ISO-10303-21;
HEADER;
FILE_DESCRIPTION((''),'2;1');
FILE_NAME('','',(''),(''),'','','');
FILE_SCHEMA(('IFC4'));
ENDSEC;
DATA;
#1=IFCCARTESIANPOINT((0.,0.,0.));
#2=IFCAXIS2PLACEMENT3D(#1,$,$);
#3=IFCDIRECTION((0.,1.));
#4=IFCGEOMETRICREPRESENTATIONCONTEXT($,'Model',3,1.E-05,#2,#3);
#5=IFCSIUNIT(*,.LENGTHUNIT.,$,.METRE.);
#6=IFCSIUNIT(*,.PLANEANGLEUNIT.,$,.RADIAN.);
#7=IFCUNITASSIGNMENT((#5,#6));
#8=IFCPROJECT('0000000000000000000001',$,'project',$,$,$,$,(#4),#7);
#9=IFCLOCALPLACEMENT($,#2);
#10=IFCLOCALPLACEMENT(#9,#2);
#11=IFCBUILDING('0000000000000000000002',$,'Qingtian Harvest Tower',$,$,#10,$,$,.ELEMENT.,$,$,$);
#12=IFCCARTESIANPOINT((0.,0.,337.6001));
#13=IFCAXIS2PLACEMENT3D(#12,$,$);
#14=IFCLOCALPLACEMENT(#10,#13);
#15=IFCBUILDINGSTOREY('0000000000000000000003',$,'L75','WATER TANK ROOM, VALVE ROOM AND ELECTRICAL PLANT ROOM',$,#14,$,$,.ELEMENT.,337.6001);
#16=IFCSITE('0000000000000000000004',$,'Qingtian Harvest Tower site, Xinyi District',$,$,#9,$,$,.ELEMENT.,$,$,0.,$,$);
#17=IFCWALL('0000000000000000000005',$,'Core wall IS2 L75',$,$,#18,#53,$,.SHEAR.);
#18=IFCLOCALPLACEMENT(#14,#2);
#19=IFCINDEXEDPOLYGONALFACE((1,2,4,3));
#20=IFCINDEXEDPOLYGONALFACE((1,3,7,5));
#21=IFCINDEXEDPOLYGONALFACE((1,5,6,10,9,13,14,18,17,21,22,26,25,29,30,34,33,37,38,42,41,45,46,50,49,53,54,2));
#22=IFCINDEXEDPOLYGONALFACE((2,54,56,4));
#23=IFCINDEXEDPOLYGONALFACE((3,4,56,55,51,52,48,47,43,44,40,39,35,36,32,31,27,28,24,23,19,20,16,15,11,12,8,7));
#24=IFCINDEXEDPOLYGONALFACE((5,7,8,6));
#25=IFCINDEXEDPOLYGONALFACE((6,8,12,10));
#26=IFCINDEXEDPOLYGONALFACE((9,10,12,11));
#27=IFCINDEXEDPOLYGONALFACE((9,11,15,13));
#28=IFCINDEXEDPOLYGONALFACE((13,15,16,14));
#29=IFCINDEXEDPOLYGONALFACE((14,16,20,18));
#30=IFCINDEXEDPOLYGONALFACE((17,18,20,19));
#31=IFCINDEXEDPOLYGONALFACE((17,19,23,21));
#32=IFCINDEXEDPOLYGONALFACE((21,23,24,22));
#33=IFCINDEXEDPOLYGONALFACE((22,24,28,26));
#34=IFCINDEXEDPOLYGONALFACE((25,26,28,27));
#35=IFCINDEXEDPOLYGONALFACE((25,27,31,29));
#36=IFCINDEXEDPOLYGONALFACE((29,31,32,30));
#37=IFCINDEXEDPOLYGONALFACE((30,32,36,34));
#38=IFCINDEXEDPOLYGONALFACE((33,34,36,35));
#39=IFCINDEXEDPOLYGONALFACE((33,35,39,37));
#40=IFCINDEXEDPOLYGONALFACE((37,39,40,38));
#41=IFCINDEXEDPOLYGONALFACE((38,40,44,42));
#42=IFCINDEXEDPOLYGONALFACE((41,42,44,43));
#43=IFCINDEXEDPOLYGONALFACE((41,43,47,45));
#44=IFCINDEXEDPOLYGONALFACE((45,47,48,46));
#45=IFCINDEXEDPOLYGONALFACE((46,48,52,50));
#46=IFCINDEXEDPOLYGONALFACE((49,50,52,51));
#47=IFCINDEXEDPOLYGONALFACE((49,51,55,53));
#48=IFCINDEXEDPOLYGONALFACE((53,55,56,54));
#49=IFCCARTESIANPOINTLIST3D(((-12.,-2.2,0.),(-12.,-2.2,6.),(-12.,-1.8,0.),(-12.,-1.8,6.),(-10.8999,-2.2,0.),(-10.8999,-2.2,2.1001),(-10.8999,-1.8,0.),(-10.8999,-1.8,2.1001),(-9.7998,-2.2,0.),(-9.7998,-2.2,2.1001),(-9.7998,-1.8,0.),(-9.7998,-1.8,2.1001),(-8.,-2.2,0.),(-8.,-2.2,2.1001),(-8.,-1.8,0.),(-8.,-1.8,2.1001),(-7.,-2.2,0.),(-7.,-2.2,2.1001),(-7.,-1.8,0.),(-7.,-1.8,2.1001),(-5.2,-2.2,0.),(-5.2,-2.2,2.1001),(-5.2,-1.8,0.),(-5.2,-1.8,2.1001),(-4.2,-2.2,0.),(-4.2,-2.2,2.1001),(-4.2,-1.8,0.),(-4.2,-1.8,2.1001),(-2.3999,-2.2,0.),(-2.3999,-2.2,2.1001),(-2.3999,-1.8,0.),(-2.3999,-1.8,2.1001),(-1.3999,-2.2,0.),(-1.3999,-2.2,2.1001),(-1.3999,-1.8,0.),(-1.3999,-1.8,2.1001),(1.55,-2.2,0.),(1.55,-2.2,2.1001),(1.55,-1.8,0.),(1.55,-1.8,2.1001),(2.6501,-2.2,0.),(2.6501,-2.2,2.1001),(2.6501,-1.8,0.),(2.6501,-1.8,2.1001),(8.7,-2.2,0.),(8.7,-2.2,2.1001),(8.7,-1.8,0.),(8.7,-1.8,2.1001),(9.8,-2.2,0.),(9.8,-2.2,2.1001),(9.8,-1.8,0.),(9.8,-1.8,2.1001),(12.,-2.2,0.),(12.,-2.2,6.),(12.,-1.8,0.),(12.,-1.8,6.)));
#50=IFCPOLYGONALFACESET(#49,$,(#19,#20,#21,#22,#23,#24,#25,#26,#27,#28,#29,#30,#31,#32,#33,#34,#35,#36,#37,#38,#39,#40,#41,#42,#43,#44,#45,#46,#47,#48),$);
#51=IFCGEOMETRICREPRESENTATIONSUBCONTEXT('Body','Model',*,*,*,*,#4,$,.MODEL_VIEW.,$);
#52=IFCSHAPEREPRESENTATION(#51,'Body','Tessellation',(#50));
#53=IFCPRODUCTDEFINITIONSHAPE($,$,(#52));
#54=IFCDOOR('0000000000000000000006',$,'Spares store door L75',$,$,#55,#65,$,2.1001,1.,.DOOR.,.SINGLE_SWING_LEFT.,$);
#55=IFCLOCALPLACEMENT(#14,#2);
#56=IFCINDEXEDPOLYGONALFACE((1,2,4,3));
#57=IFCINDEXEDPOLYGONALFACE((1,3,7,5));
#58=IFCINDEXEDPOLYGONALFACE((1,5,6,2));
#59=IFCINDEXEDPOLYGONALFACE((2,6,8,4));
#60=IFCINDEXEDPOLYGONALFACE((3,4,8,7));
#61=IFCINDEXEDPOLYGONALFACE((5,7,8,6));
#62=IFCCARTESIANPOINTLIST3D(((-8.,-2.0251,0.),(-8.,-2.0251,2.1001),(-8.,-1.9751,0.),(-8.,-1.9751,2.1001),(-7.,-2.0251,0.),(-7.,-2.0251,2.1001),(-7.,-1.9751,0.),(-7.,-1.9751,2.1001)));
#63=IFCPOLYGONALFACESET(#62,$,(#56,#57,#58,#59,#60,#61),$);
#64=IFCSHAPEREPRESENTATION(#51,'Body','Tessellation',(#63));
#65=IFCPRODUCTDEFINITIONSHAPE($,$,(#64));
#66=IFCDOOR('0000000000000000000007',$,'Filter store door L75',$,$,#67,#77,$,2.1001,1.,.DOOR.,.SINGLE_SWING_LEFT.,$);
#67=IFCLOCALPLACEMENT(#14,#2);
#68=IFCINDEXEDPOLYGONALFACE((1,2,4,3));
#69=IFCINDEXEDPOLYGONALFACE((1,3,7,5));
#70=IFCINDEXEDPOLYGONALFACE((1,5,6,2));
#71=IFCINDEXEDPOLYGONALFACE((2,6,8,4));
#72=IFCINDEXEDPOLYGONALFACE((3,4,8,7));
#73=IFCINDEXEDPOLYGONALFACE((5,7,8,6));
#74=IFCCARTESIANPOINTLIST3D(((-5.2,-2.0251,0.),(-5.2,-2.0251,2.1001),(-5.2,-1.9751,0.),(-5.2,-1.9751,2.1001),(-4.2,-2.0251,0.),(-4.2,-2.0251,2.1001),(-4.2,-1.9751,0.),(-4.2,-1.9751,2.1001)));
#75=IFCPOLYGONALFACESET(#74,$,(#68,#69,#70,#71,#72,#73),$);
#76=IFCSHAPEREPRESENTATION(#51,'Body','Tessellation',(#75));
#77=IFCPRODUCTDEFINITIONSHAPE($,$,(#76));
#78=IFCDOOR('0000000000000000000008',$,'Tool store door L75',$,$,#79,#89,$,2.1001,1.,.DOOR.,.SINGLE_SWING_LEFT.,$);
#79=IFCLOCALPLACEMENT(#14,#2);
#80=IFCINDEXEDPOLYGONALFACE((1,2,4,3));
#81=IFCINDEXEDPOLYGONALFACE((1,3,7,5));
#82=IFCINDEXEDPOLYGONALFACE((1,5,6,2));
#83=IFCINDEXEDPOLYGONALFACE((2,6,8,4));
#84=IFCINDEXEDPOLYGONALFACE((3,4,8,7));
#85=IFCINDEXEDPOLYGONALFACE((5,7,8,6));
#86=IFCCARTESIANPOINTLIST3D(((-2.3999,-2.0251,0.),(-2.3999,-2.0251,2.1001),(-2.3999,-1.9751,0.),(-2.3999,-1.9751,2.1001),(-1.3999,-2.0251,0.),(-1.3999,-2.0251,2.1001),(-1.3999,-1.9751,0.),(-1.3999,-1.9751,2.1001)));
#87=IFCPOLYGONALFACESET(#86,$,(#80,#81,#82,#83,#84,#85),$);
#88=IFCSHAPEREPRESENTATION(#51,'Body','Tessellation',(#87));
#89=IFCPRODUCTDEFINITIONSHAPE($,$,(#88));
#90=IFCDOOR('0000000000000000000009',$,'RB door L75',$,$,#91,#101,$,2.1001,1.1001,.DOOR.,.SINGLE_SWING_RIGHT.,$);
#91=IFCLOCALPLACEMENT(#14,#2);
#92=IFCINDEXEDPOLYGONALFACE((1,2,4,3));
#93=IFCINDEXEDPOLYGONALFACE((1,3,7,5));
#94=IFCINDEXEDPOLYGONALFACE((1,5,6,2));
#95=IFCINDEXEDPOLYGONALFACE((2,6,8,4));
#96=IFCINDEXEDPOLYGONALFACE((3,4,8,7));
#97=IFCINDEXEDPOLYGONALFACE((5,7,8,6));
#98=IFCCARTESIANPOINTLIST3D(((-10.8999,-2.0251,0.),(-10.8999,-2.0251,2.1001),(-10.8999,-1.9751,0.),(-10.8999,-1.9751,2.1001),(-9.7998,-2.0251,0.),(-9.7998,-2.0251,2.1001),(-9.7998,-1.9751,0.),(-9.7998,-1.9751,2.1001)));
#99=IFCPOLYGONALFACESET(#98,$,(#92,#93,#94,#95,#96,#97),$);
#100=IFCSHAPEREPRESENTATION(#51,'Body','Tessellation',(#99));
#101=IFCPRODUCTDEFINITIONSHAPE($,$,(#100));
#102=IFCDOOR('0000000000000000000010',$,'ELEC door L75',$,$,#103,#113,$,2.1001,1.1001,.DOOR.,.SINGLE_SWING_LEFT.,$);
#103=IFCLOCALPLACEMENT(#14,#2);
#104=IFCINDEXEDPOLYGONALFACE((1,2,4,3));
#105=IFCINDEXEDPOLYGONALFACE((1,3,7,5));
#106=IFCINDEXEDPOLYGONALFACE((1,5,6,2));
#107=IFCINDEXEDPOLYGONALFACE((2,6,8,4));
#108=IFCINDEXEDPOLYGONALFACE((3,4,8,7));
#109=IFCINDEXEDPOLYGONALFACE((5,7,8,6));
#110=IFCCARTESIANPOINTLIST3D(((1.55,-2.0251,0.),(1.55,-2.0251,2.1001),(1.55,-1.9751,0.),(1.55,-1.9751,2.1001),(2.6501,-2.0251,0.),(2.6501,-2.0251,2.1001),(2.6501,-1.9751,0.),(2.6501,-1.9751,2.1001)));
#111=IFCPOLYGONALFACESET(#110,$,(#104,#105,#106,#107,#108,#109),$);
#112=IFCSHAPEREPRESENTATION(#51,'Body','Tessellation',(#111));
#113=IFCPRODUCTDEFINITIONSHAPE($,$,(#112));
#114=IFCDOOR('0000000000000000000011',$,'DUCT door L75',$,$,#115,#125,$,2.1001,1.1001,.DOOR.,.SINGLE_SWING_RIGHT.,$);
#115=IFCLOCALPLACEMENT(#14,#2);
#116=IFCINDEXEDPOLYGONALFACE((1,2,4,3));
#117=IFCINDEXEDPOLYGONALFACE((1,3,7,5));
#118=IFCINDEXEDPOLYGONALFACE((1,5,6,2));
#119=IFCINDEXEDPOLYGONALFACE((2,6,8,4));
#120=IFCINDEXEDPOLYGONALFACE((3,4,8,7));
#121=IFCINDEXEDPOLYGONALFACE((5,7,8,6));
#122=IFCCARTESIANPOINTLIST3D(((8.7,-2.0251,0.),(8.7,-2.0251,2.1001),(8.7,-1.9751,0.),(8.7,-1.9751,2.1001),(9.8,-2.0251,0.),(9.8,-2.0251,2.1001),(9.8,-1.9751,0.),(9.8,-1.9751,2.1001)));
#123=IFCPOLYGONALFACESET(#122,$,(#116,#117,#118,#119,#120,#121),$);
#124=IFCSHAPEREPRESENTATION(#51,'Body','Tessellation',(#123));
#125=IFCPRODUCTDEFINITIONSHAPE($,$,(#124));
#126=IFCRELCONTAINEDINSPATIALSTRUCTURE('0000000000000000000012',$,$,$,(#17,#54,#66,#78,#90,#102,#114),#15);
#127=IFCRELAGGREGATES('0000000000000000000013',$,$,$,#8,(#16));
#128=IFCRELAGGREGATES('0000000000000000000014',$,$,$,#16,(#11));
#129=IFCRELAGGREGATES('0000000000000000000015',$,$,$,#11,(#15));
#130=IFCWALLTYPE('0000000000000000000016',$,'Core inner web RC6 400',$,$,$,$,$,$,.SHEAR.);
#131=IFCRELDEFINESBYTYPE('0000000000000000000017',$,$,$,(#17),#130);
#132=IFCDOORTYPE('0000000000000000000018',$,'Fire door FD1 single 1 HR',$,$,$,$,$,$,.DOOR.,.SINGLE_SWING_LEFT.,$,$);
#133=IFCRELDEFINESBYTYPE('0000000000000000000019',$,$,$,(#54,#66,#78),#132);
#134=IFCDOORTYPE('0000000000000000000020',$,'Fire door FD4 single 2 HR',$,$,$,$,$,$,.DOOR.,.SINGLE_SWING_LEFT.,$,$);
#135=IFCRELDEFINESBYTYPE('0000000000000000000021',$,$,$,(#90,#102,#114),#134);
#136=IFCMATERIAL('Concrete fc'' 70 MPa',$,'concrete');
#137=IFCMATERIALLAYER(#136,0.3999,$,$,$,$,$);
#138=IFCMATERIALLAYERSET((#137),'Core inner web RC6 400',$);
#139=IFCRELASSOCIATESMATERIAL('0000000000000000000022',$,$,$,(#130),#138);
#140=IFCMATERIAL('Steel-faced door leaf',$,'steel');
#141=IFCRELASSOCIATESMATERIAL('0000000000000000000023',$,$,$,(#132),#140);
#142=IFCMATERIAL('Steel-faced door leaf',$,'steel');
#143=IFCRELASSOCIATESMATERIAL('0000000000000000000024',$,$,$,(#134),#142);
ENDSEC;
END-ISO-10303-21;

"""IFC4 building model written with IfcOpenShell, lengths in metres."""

from ifc_helpers import new_model, si_unit, direction, frame, frame_2d, origin, place, context, subcontext, project, spatial, rectangle, extrude, material, layer, layer_set, type_object, element, fill, save


model = new_model("IFC4")

# Units and contexts
model_context = context("Model", 3, precision=1e-05, world=origin(), true_north=direction((0.0, 1.0)))
body_context = subcontext(model_context, "Body", "Model", "MODEL_VIEW")
ifc_project = project(units=[si_unit("LENGTHUNIT", "METRE"), si_unit("PLANEANGLEUNIT", "RADIAN")], contexts=[model_context])

# Site, building, storey
site_placement = place(None, origin())
site = spatial("IfcSite", under=ifc_project, at=site_placement, Name="Qingtian Harvest Tower site, Xinyi District", CompositionType="ELEMENT", RefElevation=0.0)
building_placement = place(site_placement, origin())
building = spatial("IfcBuilding", under=site, at=building_placement, Name="Qingtian Harvest Tower", CompositionType="ELEMENT")
storey_placement = place(building_placement, frame((0.0, 0.0, 337.6001)))
storey = spatial("IfcBuildingStorey", under=building, at=storey_placement, Name="L75", Description="WATER TANK ROOM, VALVE ROOM AND ELECTRICAL PLANT ROOM", CompositionType="ELEMENT", Elevation=337.6001)

# Wall, openings, doors
ifc_material_1 = material(Name="Concrete fc' 70 MPa", Category="concrete")
ifc_layer_1 = layer(ifc_material_1, 0.3999)
ifc_layer_set_1 = layer_set([ifc_layer_1], Name="Core inner web RC6 400")
wall_type_1 = type_object("IfcWallType", Name="Core inner web RC6 400", PredefinedType="SHEAR", material=ifc_layer_set_1)
wall_1_placement = place(storey_placement, frame((-12.0, -2.0, 0.0), z_axis=(0.0, 0.0, 1.0), x_axis=(1.0, 0.0, 0.0)))
wall_1 = element("IfcWall", 1, at=wall_1_placement, inside=storey, type_object=wall_type_1, Name="Core wall IS2 L75", PredefinedType="SHEAR", context=body_context, shape_type="SweptSolid", body=[
    extrude(rectangle(XDim=24.0, YDim=0.3999, at=frame_2d((12.0, 0.0))), origin(), (0.0, 0.0, 1.0), 6.0),
])
opening_1_placement = place(wall_1_placement, frame((1.1001, 0.0, 0.0)))
opening_1 = element("IfcOpeningElement", 2, at=opening_1_placement, cuts=wall_1, PredefinedType="OPENING", context=body_context, shape_type="SweptSolid", body=[
    extrude(rectangle(XDim=1.1001, YDim=2.1001, at=frame_2d((0.55, 1.05))), frame((0.0, 0.21, 0.0), z_axis=(0.0, -1.0, 0.0), x_axis=(1.0, 0.0, 0.0)), (0.0, 0.0, 1.0), 0.4199),
])
opening_2_placement = place(wall_1_placement, frame((13.55, 0.0, 0.0)))
opening_2 = element("IfcOpeningElement", 3, at=opening_2_placement, cuts=wall_1, PredefinedType="OPENING", context=body_context, shape_type="SweptSolid", body=[
    extrude(rectangle(XDim=1.1001, YDim=2.1001, at=frame_2d((0.55, 1.05))), frame((0.0, 0.21, 0.0), z_axis=(0.0, -1.0, 0.0), x_axis=(1.0, 0.0, 0.0)), (0.0, 0.0, 1.0), 0.4199),
])
opening_3_placement = place(wall_1_placement, frame((20.7, 0.0, 0.0)))
opening_3 = element("IfcOpeningElement", 4, at=opening_3_placement, cuts=wall_1, PredefinedType="OPENING", context=body_context, shape_type="SweptSolid", body=[
    extrude(rectangle(XDim=1.1001, YDim=2.1001, at=frame_2d((0.55, 1.05))), frame((0.0, 0.21, 0.0), z_axis=(0.0, -1.0, 0.0), x_axis=(1.0, 0.0, 0.0)), (0.0, 0.0, 1.0), 0.4199),
])
opening_4_placement = place(wall_1_placement, frame((4.0, 0.0, 0.0)))
opening_4 = element("IfcOpeningElement", 5, at=opening_4_placement, cuts=wall_1, PredefinedType="OPENING", context=body_context, shape_type="SweptSolid", body=[
    extrude(rectangle(XDim=1.0, YDim=2.1001, at=frame_2d((0.5, 1.05))), frame((0.0, 0.21, 0.0), z_axis=(0.0, -1.0, 0.0), x_axis=(1.0, 0.0, 0.0)), (0.0, 0.0, 1.0), 0.4199),
])
opening_5_placement = place(wall_1_placement, frame((6.8, 0.0, 0.0)))
opening_5 = element("IfcOpeningElement", 6, at=opening_5_placement, cuts=wall_1, PredefinedType="OPENING", context=body_context, shape_type="SweptSolid", body=[
    extrude(rectangle(XDim=1.0, YDim=2.1001, at=frame_2d((0.5, 1.05))), frame((0.0, 0.21, 0.0), z_axis=(0.0, -1.0, 0.0), x_axis=(1.0, 0.0, 0.0)), (0.0, 0.0, 1.0), 0.4199),
])
opening_6_placement = place(wall_1_placement, frame((9.6001, 0.0, 0.0)))
opening_6 = element("IfcOpeningElement", 7, at=opening_6_placement, cuts=wall_1, PredefinedType="OPENING", context=body_context, shape_type="SweptSolid", body=[
    extrude(rectangle(XDim=1.0, YDim=2.1001, at=frame_2d((0.5, 1.05))), frame((0.0, 0.21, 0.0), z_axis=(0.0, -1.0, 0.0), x_axis=(1.0, 0.0, 0.0)), (0.0, 0.0, 1.0), 0.4199),
])
ifc_material_2 = material(Name="Steel-faced door leaf", Category="steel")
door_type_1 = type_object("IfcDoorType", Name="Fire door FD1 single 1 HR", OperationType="SINGLE_SWING_LEFT", PredefinedType="DOOR", material=ifc_material_2)
door_1_placement = place(opening_4_placement, origin())
door_1 = element("IfcDoor", 8, at=door_1_placement, inside=storey, type_object=door_type_1, Name="Spares store door L75", OperationType="SINGLE_SWING_LEFT", OverallHeight=2.1001, OverallWidth=1.0, PredefinedType="DOOR", context=body_context, shape_type="SweptSolid", body=[
    extrude(rectangle(XDim=1.0, YDim=2.1001, at=frame_2d((0.5, 1.05))), frame((0.0, 0.0249, 0.0), z_axis=(0.0, -1.0, 0.0), x_axis=(1.0, 0.0, 0.0)), (0.0, 0.0, 1.0), 0.05),
])
fill(opening_4, door_1)
door_2_placement = place(opening_5_placement, origin())
door_2 = element("IfcDoor", 9, at=door_2_placement, inside=storey, type_object=door_type_1, Name="Filter store door L75", OperationType="SINGLE_SWING_LEFT", OverallHeight=2.1001, OverallWidth=1.0, PredefinedType="DOOR", context=body_context, shape_type="SweptSolid", body=[
    extrude(rectangle(XDim=1.0, YDim=2.1001, at=frame_2d((0.5, 1.05))), frame((0.0, 0.0249, 0.0), z_axis=(0.0, -1.0, 0.0), x_axis=(1.0, 0.0, 0.0)), (0.0, 0.0, 1.0), 0.05),
])
fill(opening_5, door_2)
door_3_placement = place(opening_6_placement, origin())
door_3 = element("IfcDoor", 10, at=door_3_placement, inside=storey, type_object=door_type_1, Name="Tool store door L75", OperationType="SINGLE_SWING_LEFT", OverallHeight=2.1001, OverallWidth=1.0, PredefinedType="DOOR", context=body_context, shape_type="SweptSolid", body=[
    extrude(rectangle(XDim=1.0, YDim=2.1001, at=frame_2d((0.5, 1.05))), frame((0.0, 0.0249, 0.0), z_axis=(0.0, -1.0, 0.0), x_axis=(1.0, 0.0, 0.0)), (0.0, 0.0, 1.0), 0.05),
])
fill(opening_6, door_3)
ifc_material_3 = material(Name="Steel-faced door leaf", Category="steel")
door_type_2 = type_object("IfcDoorType", Name="Fire door FD4 single 2 HR", OperationType="SINGLE_SWING_LEFT", PredefinedType="DOOR", material=ifc_material_3)
door_4_placement = place(opening_1_placement, origin())
door_4 = element("IfcDoor", 11, at=door_4_placement, inside=storey, type_object=door_type_2, Name="RB door L75", OperationType="SINGLE_SWING_RIGHT", OverallHeight=2.1001, OverallWidth=1.1001, PredefinedType="DOOR", context=body_context, shape_type="SweptSolid", body=[
    extrude(rectangle(XDim=1.1001, YDim=2.1001, at=frame_2d((0.55, 1.05))), frame((0.0, 0.0249, 0.0), z_axis=(0.0, -1.0, 0.0), x_axis=(1.0, 0.0, 0.0)), (0.0, 0.0, 1.0), 0.05),
])
fill(opening_1, door_4)
door_5_placement = place(opening_2_placement, origin())
door_5 = element("IfcDoor", 12, at=door_5_placement, inside=storey, type_object=door_type_2, Name="ELEC door L75", OperationType="SINGLE_SWING_LEFT", OverallHeight=2.1001, OverallWidth=1.1001, PredefinedType="DOOR", context=body_context, shape_type="SweptSolid", body=[
    extrude(rectangle(XDim=1.1001, YDim=2.1001, at=frame_2d((0.55, 1.05))), frame((0.0, 0.0249, 0.0), z_axis=(0.0, -1.0, 0.0), x_axis=(1.0, 0.0, 0.0)), (0.0, 0.0, 1.0), 0.05),
])
fill(opening_2, door_5)
door_6_placement = place(opening_3_placement, origin())
door_6 = element("IfcDoor", 13, at=door_6_placement, inside=storey, type_object=door_type_2, Name="DUCT door L75", OperationType="SINGLE_SWING_RIGHT", OverallHeight=2.1001, OverallWidth=1.1001, PredefinedType="DOOR", context=body_context, shape_type="SweptSolid", body=[
    extrude(rectangle(XDim=1.1001, YDim=2.1001, at=frame_2d((0.55, 1.05))), frame((0.0, 0.0249, 0.0), z_axis=(0.0, -1.0, 0.0), x_axis=(1.0, 0.0, 0.0)), (0.0, 0.0, 1.0), 0.05),
])
fill(opening_3, door_6)

save(model, "model.ifc")
